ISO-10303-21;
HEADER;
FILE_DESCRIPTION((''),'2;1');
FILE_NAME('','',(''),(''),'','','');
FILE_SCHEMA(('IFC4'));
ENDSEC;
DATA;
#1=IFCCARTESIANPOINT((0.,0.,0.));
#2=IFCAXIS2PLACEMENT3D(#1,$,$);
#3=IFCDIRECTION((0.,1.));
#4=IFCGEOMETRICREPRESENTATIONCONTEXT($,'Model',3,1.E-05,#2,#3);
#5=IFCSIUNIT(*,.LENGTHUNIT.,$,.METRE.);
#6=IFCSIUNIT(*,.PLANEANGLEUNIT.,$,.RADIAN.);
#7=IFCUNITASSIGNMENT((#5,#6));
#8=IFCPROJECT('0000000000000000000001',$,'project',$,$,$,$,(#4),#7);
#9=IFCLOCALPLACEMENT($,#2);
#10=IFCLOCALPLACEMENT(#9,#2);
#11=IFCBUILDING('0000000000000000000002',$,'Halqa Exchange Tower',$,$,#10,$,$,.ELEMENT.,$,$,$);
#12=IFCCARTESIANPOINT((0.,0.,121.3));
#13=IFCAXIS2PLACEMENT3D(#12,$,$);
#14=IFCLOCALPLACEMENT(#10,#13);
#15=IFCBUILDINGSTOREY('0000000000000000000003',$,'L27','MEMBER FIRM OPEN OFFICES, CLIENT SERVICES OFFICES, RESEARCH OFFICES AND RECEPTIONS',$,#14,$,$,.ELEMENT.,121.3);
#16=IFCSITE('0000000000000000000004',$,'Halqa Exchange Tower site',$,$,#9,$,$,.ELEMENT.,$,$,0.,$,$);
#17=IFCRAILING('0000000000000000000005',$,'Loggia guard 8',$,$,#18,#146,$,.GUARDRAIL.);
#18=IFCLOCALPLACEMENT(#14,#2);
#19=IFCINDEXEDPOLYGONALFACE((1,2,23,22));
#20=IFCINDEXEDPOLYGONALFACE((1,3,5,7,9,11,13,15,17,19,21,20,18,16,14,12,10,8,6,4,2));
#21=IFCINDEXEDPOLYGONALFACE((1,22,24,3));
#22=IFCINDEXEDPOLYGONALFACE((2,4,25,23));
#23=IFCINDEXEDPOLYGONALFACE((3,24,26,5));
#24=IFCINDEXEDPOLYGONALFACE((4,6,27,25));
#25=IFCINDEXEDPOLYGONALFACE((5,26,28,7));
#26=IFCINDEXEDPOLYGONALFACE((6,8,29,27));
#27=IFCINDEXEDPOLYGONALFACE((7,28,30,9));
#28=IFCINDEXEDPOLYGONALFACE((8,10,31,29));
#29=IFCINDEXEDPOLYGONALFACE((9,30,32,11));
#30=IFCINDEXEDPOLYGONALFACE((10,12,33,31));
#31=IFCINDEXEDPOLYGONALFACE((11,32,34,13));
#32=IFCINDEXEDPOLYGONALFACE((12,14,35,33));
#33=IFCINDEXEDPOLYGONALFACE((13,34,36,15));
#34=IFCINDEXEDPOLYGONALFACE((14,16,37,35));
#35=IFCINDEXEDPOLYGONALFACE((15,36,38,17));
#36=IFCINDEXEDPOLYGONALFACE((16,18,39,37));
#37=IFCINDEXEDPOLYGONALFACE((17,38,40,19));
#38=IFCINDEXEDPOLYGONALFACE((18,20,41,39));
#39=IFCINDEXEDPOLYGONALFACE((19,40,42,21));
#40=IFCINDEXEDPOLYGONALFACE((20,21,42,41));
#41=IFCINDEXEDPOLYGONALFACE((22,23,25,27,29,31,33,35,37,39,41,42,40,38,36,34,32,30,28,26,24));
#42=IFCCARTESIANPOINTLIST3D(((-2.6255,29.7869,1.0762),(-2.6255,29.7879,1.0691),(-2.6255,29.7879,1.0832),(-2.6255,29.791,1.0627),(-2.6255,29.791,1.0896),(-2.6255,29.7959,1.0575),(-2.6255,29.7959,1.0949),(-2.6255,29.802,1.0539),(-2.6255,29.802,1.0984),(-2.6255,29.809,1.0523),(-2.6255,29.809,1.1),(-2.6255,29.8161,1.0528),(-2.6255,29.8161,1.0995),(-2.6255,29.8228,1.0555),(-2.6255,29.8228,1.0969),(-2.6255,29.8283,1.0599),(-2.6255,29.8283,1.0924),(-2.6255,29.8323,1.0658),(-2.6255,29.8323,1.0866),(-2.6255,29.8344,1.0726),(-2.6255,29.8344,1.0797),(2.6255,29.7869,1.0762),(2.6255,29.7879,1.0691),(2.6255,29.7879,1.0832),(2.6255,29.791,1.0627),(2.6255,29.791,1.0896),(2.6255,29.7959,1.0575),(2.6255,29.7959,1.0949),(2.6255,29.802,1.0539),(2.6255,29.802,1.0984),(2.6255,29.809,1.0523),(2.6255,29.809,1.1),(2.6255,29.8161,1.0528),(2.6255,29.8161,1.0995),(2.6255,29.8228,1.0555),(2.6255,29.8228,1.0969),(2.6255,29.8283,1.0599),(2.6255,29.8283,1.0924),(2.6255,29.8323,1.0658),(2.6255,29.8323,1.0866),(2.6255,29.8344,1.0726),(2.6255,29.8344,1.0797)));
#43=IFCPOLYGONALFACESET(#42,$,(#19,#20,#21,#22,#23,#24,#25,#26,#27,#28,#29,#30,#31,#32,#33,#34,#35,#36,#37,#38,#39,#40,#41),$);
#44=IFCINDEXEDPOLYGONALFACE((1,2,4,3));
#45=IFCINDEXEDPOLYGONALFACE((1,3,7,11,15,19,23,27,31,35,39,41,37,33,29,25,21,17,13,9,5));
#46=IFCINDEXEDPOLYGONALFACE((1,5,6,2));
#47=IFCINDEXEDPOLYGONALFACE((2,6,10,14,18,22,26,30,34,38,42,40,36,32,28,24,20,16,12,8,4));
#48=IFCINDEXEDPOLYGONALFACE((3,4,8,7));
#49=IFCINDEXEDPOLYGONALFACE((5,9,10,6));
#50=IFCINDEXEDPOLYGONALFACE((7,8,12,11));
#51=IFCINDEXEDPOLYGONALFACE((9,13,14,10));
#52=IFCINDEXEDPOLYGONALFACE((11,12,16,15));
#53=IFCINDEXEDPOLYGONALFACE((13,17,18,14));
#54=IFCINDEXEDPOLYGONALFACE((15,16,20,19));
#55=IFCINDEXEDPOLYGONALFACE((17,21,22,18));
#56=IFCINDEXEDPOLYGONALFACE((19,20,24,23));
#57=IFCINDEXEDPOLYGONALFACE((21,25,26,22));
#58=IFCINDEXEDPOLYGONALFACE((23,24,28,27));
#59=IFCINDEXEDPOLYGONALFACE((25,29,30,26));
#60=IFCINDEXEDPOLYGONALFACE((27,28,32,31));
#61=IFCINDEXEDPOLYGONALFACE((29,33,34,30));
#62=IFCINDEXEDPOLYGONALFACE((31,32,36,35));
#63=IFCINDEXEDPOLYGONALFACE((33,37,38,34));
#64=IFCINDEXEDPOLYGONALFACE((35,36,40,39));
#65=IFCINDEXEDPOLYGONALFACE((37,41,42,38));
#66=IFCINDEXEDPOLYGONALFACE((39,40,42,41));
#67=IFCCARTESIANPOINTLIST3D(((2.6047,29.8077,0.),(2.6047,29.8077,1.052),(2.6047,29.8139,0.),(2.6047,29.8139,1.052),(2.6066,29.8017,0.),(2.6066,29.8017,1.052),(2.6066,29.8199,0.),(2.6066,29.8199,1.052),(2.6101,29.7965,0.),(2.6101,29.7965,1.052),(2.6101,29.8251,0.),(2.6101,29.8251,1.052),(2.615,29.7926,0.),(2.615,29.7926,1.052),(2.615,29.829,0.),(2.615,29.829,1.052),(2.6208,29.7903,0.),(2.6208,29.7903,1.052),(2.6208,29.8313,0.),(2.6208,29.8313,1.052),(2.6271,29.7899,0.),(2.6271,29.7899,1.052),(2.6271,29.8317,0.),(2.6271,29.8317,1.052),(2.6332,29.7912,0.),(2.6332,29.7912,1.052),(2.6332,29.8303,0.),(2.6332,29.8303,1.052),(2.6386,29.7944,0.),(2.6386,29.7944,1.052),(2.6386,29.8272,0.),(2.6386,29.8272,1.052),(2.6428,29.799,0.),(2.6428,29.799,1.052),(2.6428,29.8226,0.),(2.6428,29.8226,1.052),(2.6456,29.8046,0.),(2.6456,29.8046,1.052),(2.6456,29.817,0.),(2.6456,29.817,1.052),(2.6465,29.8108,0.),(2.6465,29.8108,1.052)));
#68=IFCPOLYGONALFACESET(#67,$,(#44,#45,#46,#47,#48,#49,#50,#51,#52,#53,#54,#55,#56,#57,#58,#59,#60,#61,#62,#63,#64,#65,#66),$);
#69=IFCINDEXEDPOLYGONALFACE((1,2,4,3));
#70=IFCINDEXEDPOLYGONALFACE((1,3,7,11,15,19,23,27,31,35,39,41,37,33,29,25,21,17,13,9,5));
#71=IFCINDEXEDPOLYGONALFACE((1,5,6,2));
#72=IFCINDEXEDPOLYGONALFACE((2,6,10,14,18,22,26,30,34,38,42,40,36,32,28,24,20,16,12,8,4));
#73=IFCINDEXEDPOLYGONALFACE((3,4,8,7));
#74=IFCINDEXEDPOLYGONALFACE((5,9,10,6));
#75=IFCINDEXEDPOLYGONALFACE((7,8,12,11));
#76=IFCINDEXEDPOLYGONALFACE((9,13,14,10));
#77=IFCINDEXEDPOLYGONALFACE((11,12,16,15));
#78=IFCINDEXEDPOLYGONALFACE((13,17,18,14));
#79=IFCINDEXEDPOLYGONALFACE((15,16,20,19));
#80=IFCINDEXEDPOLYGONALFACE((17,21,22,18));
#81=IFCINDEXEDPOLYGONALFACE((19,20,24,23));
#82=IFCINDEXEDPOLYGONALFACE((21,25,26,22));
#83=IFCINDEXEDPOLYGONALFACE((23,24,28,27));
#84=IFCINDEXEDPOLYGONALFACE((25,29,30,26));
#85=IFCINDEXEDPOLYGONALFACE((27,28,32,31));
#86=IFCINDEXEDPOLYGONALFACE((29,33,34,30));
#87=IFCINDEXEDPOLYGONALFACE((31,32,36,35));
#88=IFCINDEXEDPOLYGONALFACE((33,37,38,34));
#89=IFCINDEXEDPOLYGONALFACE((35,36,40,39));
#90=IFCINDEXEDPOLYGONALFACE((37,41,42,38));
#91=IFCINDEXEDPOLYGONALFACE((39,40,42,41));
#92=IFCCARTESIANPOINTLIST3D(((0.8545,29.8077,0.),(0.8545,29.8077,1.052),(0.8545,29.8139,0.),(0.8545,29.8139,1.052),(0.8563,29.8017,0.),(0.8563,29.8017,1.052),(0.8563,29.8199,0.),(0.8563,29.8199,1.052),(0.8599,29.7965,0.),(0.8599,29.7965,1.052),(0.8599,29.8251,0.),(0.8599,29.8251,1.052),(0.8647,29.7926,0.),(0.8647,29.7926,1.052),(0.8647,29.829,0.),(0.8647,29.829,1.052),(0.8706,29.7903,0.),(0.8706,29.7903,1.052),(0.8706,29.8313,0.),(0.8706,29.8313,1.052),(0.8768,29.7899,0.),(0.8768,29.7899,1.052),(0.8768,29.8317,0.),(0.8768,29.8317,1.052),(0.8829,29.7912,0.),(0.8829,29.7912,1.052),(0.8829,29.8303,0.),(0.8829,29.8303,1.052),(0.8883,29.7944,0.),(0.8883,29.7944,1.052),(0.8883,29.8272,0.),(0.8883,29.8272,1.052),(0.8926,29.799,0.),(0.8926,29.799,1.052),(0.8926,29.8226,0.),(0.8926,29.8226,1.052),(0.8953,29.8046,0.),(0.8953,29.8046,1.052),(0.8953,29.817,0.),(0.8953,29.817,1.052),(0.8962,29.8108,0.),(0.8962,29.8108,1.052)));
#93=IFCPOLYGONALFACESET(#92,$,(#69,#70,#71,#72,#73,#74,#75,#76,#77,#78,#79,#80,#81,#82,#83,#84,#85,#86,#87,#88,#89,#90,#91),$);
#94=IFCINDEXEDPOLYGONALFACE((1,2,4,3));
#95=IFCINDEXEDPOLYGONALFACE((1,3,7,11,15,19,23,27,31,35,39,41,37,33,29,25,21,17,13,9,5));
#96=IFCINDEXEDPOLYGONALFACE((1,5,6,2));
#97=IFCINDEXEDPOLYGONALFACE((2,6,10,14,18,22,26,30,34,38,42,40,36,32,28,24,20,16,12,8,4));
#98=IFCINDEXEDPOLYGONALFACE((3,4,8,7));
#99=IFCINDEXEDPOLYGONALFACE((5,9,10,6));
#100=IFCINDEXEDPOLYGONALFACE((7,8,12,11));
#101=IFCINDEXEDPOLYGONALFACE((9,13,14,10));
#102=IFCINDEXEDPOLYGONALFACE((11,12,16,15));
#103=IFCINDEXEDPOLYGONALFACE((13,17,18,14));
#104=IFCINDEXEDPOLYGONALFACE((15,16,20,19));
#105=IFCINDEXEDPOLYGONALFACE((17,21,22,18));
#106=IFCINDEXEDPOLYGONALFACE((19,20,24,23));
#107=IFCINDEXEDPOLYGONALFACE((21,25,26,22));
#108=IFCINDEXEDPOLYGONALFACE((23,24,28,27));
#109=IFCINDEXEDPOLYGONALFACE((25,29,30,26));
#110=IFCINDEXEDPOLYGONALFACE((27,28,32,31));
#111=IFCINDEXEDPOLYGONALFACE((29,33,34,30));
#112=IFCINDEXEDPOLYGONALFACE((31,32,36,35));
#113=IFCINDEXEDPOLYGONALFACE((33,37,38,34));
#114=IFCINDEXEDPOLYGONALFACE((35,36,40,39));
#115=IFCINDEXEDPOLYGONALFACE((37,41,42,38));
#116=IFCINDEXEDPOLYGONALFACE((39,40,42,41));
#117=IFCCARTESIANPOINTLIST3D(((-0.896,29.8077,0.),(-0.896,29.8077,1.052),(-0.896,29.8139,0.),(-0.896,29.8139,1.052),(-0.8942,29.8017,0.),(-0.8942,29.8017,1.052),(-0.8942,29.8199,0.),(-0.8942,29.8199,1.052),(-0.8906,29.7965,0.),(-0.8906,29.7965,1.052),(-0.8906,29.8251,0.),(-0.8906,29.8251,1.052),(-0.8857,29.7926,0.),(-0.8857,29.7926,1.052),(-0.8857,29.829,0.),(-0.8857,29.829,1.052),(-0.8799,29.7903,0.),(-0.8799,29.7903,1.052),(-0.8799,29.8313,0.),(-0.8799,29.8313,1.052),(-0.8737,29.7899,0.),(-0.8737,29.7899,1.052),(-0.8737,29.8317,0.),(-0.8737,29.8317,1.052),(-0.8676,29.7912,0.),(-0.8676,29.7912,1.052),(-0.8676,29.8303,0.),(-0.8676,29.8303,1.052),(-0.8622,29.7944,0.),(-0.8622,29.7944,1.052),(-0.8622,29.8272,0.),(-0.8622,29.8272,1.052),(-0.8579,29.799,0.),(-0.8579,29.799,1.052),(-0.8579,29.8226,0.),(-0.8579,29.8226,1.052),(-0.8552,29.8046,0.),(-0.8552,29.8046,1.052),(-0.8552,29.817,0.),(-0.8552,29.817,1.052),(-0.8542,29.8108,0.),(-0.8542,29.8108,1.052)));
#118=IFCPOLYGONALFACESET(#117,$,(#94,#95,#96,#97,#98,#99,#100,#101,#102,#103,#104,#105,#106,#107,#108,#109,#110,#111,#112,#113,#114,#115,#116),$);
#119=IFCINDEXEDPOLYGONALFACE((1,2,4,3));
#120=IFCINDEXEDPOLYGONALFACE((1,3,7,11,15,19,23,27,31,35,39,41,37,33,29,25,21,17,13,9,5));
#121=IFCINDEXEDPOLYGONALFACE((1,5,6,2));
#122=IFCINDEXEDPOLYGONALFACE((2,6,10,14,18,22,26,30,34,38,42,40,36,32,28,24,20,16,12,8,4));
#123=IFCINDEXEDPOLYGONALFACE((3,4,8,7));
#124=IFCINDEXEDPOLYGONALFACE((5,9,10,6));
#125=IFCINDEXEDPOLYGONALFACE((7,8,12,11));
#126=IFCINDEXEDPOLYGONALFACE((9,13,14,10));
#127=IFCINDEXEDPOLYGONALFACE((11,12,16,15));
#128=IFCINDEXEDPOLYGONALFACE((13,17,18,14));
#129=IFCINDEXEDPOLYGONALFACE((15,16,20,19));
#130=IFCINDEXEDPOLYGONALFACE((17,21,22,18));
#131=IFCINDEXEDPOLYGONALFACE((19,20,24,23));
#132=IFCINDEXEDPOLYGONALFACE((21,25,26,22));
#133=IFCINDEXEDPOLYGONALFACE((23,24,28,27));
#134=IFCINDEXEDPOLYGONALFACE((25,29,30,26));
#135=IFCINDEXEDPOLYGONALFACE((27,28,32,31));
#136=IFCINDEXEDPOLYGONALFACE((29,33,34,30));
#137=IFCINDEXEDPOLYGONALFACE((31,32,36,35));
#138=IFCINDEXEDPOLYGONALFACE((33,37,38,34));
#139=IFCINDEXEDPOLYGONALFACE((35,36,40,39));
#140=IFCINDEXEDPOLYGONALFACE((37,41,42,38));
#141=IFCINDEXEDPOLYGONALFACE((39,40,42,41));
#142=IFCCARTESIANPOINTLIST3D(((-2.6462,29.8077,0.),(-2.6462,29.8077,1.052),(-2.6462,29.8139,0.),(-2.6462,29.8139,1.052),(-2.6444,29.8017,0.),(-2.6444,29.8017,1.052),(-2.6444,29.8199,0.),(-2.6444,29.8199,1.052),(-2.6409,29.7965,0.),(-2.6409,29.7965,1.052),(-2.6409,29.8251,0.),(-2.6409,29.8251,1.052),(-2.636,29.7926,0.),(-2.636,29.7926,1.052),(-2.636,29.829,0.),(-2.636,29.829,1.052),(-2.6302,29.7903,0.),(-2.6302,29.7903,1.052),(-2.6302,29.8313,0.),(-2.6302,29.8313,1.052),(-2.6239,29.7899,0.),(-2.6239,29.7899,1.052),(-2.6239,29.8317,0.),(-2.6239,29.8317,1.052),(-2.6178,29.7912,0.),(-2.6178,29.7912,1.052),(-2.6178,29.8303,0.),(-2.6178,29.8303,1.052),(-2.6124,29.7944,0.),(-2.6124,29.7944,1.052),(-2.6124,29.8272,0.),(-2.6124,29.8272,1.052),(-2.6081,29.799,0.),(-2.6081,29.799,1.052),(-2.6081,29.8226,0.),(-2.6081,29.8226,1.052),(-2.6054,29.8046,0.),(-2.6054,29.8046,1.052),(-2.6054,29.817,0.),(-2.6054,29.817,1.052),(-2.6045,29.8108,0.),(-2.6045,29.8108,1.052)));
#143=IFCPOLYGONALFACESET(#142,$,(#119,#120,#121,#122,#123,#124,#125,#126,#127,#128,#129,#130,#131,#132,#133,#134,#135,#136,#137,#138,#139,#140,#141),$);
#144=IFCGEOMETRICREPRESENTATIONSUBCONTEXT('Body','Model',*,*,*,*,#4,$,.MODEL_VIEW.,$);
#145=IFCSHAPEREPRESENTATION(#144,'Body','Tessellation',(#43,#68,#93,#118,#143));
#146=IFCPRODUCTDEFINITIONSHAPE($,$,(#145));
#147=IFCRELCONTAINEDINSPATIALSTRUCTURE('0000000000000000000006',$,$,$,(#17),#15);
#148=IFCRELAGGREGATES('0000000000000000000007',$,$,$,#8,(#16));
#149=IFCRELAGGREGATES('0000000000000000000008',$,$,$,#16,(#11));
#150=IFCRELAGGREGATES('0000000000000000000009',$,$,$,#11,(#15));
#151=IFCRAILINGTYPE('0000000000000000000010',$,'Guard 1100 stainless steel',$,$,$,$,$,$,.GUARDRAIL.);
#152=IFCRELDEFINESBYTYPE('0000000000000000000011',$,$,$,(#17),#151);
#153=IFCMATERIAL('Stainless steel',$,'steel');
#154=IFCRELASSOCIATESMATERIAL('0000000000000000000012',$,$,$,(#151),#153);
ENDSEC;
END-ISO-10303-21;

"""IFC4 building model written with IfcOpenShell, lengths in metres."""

from ifc_helpers import new_model, si_unit, direction, frame, origin, origin_2d, place, context, subcontext, project, spatial, circle, extrude, material, type_object, element, save


model = new_model("IFC4")

# Units and contexts
model_context = context("Model", 3, precision=1e-05, world=origin(), true_north=direction((0.0, 1.0)))
body_context = subcontext(model_context, "Body", "Model", "MODEL_VIEW")
ifc_project = project(units=[si_unit("LENGTHUNIT", "METRE"), si_unit("PLANEANGLEUNIT", "RADIAN")], contexts=[model_context])

# Site, building, storey
site_placement = place(None, origin())
site = spatial("IfcSite", under=ifc_project, at=site_placement, Name="Halqa Exchange Tower site", CompositionType="ELEMENT", RefElevation=0.0)
building_placement = place(site_placement, origin())
building = spatial("IfcBuilding", under=site, at=building_placement, Name="Halqa Exchange Tower", CompositionType="ELEMENT")
storey_placement = place(building_placement, frame((0.0, 0.0, 121.3)))
storey = spatial("IfcBuildingStorey", under=building, at=storey_placement, Name="L27", Description="MEMBER FIRM OPEN OFFICES, CLIENT SERVICES OFFICES, RESEARCH OFFICES AND RECEPTIONS", CompositionType="ELEMENT", Elevation=121.3)

# Railing
ifc_material_1 = material(Name="Stainless steel", Category="steel")
railing_type_1 = type_object("IfcRailingType", Name="Guard 1100 stainless steel", PredefinedType="GUARDRAIL", material=ifc_material_1)
railing_1_placement = place(storey_placement, frame((2.6255, 29.8108, 0.0)))
element("IfcRailing", 1, at=railing_1_placement, inside=storey, type_object=railing_type_1, Name="Loggia guard 8", PredefinedType="GUARDRAIL", context=body_context, shape_type="SweptSolid", body=[
    extrude(circle(Radius=0.0239, at=origin_2d()), frame((0.0, 0.0, 1.0762), z_axis=(-1.0, 0.0, 0.0), x_axis=(0.0, -1.0, 0.0)), (0.0, 0.0, 1.0), 5.251),
    extrude(circle(Radius=0.021, at=origin_2d()), origin(), (0.0, 0.0, 1.0), 1.052),
    extrude(circle(Radius=0.021, at=origin_2d()), frame((-1.7502, 0.0, 0.0)), (0.0, 0.0, 1.0), 1.052),
    extrude(circle(Radius=0.021, at=origin_2d()), frame((-3.5007, 0.0, 0.0)), (0.0, 0.0, 1.0), 1.052),
    extrude(circle(Radius=0.021, at=origin_2d()), frame((-5.251, 0.0, 0.0)), (0.0, 0.0, 1.0), 1.052),
])

save(model, "model.ifc")
